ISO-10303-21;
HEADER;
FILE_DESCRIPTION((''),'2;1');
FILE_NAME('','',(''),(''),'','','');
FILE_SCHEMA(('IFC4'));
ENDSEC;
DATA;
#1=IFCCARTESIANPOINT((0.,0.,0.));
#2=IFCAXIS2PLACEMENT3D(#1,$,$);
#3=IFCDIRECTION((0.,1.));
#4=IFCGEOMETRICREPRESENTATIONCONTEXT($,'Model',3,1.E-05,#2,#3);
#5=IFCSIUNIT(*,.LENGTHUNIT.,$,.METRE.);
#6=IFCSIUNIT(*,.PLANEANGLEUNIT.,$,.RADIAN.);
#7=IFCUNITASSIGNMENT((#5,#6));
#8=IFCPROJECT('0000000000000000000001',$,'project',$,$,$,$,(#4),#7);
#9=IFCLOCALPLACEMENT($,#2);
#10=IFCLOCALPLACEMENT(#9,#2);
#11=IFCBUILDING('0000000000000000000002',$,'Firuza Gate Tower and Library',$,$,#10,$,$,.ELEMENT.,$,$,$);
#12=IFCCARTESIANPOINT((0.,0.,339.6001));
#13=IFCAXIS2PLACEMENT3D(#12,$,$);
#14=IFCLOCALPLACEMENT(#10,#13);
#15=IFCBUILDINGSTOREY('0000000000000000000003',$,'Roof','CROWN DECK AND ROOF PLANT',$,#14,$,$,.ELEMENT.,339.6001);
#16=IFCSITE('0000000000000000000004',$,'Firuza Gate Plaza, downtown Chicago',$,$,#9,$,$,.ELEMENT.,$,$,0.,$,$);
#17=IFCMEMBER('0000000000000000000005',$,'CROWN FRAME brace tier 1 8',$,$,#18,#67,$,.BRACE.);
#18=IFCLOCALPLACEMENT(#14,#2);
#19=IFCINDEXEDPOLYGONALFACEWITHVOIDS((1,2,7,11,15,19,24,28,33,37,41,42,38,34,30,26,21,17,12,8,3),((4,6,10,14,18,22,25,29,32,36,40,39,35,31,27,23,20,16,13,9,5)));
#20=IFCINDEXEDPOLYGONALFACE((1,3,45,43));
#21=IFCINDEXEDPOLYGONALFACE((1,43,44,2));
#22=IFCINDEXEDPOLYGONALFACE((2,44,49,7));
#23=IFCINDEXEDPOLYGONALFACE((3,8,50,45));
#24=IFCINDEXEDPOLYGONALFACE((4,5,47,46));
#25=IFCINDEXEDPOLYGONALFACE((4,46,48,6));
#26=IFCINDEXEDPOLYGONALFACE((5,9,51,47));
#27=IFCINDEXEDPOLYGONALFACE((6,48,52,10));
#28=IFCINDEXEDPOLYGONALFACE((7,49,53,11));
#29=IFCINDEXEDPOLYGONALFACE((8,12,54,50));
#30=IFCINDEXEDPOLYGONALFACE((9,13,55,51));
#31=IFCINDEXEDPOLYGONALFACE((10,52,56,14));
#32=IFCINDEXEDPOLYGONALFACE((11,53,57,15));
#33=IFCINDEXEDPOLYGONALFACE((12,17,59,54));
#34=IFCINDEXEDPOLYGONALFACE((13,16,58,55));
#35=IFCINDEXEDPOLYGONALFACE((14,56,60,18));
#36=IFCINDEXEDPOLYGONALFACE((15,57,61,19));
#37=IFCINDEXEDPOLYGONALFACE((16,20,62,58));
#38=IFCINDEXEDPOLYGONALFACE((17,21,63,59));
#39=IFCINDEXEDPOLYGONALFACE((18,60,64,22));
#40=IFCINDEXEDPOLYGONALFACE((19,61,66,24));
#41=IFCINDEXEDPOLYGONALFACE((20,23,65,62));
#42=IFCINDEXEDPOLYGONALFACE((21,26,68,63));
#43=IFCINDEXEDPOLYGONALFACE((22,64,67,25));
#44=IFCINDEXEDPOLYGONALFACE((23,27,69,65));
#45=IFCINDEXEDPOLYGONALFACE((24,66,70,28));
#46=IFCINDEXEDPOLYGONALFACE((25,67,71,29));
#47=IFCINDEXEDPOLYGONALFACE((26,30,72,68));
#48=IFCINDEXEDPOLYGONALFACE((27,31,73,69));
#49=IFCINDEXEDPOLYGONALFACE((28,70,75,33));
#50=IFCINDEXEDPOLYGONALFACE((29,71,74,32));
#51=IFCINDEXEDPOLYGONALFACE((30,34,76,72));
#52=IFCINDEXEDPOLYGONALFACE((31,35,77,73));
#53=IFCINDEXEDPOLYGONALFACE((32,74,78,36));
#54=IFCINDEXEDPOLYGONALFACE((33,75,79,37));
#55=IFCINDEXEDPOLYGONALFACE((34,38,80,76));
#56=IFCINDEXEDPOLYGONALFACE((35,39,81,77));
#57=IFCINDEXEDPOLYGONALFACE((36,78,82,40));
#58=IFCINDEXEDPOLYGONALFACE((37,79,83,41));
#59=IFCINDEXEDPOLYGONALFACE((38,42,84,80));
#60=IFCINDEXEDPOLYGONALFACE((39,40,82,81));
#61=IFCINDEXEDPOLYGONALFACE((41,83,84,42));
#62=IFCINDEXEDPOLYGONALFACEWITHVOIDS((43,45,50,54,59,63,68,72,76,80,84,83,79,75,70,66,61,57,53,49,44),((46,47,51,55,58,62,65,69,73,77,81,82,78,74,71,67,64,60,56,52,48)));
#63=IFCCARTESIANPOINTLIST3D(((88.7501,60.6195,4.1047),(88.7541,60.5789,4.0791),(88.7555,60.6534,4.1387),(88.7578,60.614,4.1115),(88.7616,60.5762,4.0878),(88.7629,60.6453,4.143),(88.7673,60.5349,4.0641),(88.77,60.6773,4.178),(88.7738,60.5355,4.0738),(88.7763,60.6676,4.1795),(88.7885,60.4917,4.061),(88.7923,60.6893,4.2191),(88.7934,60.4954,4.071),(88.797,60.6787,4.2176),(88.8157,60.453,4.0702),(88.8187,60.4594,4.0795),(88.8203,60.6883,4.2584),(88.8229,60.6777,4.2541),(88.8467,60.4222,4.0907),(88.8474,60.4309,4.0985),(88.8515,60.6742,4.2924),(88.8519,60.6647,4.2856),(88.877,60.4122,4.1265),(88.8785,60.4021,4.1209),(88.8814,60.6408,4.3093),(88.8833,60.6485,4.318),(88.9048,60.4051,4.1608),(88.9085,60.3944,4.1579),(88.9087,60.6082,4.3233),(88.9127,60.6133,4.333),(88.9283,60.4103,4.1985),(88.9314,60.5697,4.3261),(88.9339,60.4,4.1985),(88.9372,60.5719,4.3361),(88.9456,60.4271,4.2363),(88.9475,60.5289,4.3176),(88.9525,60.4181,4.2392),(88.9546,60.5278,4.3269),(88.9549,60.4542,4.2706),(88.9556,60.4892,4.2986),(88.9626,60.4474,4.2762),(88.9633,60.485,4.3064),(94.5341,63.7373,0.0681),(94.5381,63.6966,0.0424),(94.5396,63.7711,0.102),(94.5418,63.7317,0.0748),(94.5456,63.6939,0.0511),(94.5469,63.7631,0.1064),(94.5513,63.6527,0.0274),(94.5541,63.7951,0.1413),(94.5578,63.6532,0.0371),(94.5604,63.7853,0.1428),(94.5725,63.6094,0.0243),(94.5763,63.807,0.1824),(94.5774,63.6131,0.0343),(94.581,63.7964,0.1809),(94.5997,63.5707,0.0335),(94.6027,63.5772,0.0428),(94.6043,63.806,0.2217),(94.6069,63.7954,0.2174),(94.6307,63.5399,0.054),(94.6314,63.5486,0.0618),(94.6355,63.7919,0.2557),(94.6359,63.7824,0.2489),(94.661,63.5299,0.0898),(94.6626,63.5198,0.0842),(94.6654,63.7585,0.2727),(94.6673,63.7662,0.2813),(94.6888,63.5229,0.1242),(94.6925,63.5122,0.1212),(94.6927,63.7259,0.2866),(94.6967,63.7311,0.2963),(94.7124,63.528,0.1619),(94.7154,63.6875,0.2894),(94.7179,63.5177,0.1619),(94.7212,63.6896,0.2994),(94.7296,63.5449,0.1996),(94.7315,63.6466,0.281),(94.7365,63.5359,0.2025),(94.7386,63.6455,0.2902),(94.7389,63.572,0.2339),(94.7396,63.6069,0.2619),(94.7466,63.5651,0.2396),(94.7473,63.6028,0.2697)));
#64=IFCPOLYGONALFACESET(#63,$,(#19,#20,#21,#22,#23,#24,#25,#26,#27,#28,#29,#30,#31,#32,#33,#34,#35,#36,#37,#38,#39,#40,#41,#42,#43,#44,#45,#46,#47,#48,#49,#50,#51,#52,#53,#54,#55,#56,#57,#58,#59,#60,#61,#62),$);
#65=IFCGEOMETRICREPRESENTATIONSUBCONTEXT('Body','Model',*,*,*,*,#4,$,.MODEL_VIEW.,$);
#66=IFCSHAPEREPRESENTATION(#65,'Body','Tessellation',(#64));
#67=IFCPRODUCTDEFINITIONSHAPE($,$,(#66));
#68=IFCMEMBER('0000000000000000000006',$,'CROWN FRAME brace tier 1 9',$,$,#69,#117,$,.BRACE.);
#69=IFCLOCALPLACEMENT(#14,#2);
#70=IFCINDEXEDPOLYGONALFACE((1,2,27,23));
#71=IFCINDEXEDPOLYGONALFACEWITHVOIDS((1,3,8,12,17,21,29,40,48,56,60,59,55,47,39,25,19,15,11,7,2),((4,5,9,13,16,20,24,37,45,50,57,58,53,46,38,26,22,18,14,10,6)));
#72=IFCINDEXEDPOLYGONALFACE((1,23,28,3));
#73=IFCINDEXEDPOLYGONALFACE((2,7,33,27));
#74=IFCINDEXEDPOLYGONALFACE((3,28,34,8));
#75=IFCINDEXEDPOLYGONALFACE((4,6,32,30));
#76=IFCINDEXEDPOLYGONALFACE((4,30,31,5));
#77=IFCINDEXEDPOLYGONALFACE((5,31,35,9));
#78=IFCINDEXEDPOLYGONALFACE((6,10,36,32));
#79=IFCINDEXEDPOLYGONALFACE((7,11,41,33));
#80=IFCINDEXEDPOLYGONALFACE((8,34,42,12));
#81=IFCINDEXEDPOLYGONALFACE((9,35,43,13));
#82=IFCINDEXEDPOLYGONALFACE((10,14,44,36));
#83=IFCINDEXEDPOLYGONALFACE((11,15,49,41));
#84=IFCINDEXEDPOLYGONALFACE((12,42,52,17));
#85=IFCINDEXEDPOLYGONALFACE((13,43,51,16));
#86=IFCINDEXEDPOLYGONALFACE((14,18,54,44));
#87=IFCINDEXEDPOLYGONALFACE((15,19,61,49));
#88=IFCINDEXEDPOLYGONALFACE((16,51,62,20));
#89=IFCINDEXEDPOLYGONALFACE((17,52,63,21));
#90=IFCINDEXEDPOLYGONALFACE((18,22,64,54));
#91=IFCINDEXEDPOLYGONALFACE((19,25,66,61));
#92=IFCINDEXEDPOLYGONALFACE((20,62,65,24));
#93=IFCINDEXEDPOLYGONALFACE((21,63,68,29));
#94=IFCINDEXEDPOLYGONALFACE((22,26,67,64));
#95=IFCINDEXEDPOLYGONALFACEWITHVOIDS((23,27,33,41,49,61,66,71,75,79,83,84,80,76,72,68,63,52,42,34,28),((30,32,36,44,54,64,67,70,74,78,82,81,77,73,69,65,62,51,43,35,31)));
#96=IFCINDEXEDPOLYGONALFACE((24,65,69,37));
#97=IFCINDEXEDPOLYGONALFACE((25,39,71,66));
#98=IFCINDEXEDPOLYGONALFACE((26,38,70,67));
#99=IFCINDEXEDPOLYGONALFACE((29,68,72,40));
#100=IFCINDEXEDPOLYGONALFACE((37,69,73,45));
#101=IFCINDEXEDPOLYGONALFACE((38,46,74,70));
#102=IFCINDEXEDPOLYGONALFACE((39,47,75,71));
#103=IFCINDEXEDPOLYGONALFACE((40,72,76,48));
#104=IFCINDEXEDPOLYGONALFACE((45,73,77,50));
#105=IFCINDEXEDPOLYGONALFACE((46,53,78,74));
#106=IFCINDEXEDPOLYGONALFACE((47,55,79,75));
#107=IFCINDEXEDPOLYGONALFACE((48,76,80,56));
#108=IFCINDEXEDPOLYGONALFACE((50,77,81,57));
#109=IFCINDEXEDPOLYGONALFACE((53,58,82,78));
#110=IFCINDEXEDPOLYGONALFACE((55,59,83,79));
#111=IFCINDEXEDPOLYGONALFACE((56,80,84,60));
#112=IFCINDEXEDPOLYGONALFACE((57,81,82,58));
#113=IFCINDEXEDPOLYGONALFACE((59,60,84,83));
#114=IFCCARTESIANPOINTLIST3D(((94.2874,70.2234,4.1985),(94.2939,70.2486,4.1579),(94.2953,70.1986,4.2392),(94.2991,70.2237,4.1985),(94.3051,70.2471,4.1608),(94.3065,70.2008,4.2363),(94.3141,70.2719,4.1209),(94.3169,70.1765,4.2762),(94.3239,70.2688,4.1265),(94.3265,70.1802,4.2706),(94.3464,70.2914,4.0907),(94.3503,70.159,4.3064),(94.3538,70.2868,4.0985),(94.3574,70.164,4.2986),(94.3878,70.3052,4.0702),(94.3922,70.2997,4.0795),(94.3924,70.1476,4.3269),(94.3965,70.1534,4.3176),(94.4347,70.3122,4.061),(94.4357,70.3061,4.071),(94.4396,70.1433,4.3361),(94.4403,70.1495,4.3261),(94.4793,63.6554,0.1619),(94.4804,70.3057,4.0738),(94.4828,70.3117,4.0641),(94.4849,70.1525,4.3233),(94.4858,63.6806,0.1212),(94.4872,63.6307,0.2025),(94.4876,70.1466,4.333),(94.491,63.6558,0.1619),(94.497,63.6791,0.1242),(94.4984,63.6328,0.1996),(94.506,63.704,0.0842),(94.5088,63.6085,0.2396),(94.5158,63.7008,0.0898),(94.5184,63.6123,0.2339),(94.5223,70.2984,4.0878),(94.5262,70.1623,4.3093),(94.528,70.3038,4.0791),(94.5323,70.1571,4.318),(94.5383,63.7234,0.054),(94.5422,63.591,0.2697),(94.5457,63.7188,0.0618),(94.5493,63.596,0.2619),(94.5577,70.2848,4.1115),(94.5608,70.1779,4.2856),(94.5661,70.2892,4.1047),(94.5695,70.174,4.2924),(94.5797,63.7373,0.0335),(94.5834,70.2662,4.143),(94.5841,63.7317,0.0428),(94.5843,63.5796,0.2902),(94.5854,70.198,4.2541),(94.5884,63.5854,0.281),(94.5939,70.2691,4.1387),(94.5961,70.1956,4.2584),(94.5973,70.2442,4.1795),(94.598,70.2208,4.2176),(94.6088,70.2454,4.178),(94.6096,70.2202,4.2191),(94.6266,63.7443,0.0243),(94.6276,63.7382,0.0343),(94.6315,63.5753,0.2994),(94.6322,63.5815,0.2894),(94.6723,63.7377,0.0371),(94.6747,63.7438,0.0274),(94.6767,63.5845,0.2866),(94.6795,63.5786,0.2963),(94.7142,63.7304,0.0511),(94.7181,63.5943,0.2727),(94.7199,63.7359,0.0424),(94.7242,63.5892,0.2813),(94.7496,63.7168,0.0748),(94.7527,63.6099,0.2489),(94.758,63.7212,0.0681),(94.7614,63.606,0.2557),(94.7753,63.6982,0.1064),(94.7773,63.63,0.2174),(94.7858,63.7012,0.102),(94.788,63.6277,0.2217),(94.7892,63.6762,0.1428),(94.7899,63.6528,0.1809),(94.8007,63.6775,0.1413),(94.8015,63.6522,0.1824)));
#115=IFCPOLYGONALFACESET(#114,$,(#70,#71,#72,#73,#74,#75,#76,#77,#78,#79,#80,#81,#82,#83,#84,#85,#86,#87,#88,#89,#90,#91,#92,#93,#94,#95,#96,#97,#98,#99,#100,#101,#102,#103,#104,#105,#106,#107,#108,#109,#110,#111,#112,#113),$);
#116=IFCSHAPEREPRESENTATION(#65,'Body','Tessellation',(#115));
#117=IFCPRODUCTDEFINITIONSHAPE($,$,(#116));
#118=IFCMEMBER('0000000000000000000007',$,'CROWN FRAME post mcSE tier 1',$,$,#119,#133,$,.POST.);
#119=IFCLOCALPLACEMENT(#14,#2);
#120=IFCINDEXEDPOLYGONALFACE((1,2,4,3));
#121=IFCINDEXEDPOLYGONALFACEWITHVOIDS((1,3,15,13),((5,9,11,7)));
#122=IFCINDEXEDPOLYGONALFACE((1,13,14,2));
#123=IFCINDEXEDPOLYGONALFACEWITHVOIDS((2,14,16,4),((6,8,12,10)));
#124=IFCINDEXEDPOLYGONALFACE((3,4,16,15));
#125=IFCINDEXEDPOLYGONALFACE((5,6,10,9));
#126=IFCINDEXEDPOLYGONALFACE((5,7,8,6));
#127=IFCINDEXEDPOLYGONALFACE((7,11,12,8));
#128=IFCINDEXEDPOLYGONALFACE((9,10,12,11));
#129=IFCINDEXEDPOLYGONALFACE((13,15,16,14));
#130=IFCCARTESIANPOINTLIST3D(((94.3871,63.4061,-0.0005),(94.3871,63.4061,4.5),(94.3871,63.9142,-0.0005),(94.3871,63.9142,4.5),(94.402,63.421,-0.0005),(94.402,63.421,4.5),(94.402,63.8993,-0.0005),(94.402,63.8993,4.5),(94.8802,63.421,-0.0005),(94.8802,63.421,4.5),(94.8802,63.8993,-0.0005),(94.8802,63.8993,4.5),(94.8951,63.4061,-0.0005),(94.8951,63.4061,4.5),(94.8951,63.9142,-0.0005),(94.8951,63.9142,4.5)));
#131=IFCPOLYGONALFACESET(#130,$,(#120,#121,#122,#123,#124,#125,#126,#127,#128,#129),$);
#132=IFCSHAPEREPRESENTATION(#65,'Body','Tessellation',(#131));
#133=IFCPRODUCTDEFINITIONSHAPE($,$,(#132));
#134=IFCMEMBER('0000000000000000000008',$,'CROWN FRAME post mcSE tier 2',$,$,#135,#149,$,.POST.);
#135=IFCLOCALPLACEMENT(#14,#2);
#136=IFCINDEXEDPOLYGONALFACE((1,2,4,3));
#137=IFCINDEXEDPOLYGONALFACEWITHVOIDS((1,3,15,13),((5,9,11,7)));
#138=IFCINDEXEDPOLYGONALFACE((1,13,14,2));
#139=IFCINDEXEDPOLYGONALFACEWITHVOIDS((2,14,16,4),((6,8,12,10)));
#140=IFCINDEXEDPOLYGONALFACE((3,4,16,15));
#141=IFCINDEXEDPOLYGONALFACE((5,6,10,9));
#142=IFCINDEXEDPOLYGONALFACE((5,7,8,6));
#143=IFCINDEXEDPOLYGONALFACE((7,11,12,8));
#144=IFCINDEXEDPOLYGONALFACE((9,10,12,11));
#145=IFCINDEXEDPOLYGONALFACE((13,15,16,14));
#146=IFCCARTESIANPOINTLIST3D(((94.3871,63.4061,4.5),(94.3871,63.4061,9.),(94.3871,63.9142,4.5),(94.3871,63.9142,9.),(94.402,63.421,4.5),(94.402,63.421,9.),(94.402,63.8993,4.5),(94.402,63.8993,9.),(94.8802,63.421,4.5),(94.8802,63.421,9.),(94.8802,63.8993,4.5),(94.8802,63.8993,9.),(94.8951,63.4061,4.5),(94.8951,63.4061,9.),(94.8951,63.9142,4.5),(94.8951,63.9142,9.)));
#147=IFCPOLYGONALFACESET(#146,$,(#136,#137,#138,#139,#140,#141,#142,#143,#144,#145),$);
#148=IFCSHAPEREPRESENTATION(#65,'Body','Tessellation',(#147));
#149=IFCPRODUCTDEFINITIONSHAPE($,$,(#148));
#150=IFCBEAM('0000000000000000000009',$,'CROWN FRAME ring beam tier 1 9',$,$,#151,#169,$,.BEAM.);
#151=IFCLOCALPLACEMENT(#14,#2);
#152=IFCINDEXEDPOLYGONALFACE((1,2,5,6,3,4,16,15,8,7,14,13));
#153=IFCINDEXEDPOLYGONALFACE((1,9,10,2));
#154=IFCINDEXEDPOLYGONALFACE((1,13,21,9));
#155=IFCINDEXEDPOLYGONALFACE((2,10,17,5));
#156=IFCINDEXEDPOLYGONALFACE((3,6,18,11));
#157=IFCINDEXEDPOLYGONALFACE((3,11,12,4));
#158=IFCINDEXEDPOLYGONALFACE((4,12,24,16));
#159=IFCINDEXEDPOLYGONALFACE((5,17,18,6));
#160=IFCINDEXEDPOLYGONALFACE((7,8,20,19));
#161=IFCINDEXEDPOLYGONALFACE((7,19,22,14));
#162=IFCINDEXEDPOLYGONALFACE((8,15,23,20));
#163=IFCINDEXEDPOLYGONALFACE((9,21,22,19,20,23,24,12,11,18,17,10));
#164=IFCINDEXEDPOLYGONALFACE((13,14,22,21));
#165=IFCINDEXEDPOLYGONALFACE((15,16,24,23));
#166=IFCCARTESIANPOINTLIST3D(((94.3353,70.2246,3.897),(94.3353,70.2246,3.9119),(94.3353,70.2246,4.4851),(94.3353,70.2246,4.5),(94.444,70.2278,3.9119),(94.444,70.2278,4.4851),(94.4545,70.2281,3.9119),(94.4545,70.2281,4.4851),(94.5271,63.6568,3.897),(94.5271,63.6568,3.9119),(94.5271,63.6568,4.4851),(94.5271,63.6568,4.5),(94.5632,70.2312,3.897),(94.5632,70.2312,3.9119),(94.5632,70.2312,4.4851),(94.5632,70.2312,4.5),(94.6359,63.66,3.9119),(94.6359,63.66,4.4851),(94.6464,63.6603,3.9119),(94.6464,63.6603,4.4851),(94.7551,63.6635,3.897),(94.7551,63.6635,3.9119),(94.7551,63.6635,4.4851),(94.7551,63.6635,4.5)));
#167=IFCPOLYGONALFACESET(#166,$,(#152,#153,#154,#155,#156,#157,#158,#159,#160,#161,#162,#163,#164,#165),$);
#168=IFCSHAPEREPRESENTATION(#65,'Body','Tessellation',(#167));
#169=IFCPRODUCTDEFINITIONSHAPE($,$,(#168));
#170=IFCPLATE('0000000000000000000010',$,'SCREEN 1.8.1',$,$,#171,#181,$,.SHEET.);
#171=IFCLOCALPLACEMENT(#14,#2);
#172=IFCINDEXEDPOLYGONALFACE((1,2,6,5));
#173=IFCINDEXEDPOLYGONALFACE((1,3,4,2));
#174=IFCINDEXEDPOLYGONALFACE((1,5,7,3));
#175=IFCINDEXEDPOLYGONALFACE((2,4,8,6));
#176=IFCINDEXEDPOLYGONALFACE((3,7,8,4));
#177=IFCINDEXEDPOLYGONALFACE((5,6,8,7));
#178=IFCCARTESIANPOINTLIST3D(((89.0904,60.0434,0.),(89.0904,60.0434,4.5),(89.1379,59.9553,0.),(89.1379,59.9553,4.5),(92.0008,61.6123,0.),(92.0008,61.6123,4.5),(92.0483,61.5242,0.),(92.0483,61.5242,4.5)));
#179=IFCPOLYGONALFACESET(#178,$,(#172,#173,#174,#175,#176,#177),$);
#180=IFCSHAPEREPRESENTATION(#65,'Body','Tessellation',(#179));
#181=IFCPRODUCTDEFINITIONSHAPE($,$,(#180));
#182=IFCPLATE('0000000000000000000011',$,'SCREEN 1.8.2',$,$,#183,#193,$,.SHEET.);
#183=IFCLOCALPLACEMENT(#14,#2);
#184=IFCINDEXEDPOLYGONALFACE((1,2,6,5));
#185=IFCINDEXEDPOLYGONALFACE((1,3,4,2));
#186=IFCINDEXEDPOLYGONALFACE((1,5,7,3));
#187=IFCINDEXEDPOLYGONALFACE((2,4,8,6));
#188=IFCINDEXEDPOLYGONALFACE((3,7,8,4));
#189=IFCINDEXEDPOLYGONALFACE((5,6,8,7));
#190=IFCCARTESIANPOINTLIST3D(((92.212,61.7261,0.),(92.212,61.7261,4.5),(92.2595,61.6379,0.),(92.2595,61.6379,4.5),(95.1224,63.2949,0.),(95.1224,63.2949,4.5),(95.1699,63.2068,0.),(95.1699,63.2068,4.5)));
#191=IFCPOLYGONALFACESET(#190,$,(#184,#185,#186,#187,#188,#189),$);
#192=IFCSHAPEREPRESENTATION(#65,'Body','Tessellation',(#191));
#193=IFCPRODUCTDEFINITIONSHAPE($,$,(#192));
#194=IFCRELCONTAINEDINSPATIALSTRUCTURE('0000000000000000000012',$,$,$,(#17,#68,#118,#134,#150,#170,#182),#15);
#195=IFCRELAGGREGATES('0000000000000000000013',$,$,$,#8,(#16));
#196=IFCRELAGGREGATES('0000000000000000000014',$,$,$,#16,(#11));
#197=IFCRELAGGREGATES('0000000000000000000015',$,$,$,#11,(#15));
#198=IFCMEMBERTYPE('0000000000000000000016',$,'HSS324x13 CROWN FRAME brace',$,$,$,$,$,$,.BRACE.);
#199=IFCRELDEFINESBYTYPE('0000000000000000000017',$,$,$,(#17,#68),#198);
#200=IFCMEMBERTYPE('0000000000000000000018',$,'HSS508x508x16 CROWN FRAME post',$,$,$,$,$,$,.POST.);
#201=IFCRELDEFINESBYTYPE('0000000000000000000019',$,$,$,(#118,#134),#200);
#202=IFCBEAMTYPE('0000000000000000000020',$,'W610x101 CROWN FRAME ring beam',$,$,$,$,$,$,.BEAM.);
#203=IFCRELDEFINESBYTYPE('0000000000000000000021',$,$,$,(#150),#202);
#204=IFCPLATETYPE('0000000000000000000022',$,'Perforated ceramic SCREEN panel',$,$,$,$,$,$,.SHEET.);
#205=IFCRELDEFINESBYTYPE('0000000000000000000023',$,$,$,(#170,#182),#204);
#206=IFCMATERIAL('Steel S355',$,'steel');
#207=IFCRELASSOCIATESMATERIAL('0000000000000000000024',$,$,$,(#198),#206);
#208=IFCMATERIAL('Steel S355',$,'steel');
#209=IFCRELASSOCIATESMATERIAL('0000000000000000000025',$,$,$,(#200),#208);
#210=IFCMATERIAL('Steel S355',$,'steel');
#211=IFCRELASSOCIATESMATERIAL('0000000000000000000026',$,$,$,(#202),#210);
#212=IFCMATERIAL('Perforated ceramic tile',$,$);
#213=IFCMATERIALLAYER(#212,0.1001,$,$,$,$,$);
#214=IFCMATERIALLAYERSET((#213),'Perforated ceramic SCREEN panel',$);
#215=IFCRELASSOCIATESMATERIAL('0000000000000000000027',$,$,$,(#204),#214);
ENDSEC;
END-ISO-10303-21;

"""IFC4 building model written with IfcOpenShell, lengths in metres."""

from ifc_helpers import new_model, si_unit, direction, frame, origin, origin_2d, place, context, subcontext, project, spatial, polyline, hollow_rectangle, hollow_circle, i_section, outline, extrude, material, layer, layer_set, material_profile, profile_set, type_object, element, save


model = new_model("IFC4")

# Units and contexts
model_context = context("Model", 3, precision=1e-05, world=origin(), true_north=direction((0.0, 1.0)))
body_context = subcontext(model_context, "Body", "Model", "MODEL_VIEW")
ifc_project = project(units=[si_unit("LENGTHUNIT", "METRE"), si_unit("PLANEANGLEUNIT", "RADIAN")], contexts=[model_context])

# Site, building, storey
site_placement = place(None, origin())
site = spatial("IfcSite", under=ifc_project, at=site_placement, Name="Firuza Gate Plaza, downtown Chicago", CompositionType="ELEMENT", RefElevation=0.0)
building_placement = place(site_placement, origin())
building = spatial("IfcBuilding", under=site, at=building_placement, Name="Firuza Gate Tower and Library", CompositionType="ELEMENT")
storey_placement = place(building_placement, frame((0.0, 0.0, 339.6001)))
storey = spatial("IfcBuildingStorey", under=building, at=storey_placement, Name="Roof", Description="CROWN DECK AND ROOF PLANT", CompositionType="ELEMENT", Elevation=339.6001)

# Members
ifc_material_1 = material(Name="Steel S355", Category="steel")
ifc_material_profile_1 = material_profile(ifc_material_1, hollow_circle(Radius=0.1619, WallThickness=0.0117, at=origin_2d()))
ifc_profile_set_1 = profile_set([ifc_material_profile_1], Name="Steel S355")
member_type_1 = type_object("IfcMemberType", Name="HSS324x13 CROWN FRAME brace", PredefinedType="BRACE", material=ifc_profile_set_1)
for number, where, z_axis, x_axis, name in (
    (1, (94.6411, 63.6602, 0.1619), (-0.750035, -0.404286, 0.523451), (0.474483, -0.880265, 0.0), "CROWN FRAME brace tier 1 8"),
    (2, (94.6411, 63.6602, 0.1619), (-0.024884, 0.851692, 0.523451), (-0.999573, -0.029205, 0.0), "CROWN FRAME brace tier 1 9"),
):
    element("IfcMember", number, at=place(storey_placement, frame(where, z_axis=z_axis, x_axis=x_axis)), inside=storey, type_object=member_type_1, Name=name, PredefinedType="BRACE", context=body_context, shape_type="SweptSolid", body=[
        extrude(hollow_circle(Radius=0.1619, WallThickness=0.0117, at=origin_2d()), origin(), (0.0, 0.0, 1.0), 7.7117),
    ])
ifc_material_2 = material(Name="Steel S355", Category="steel")
ifc_material_profile_2 = material_profile(ifc_material_2, hollow_rectangle(XDim=0.5081, YDim=0.5081, WallThickness=0.0149, at=origin_2d()))
ifc_profile_set_2 = profile_set([ifc_material_profile_2], Name="Steel S355")
member_type_2 = type_object("IfcMemberType", Name="HSS508x508x16 CROWN FRAME post", PredefinedType="POST", material=ifc_profile_set_2)
member_1_placement = place(storey_placement, frame((94.6411, 63.6602, -0.0005), z_axis=(0.0, 0.0, 1.0), x_axis=(1.0, 0.0, 0.0)))
element("IfcMember", 3, at=member_1_placement, inside=storey, type_object=member_type_2, Name="CROWN FRAME post mcSE tier 1", PredefinedType="POST", context=body_context, shape_type="SweptSolid", body=[
    extrude(hollow_rectangle(XDim=0.5081, YDim=0.5081, WallThickness=0.0149, at=origin_2d()), origin(), (0.0, 0.0, 1.0), 4.5005),
])
member_2_placement = place(storey_placement, frame((94.6411, 63.6602, 4.5), z_axis=(0.0, 0.0, 1.0), x_axis=(1.0, 0.0, 0.0)))
element("IfcMember", 4, at=member_2_placement, inside=storey, type_object=member_type_2, Name="CROWN FRAME post mcSE tier 2", PredefinedType="POST", context=body_context, shape_type="SweptSolid", body=[
    extrude(hollow_rectangle(XDim=0.5081, YDim=0.5081, WallThickness=0.0149, at=origin_2d()), origin(), (0.0, 0.0, 1.0), 4.5),
])

# Beam
ifc_material_3 = material(Name="Steel S355", Category="steel")
ifc_material_profile_3 = material_profile(ifc_material_3, i_section(OverallWidth=0.228, OverallDepth=0.603, WebThickness=0.0105, FlangeThickness=0.0149, at=origin_2d()))
ifc_profile_set_3 = profile_set([ifc_material_profile_3], Name="Steel S355")
beam_type = type_object("IfcBeamType", Name="W610x101 CROWN FRAME ring beam", PredefinedType="BEAM", material=ifc_profile_set_3)
beam_placement = place(storey_placement, frame((94.6411, 63.6602, 4.1985), z_axis=(-0.029205, 0.999573, 0.0), x_axis=(-0.999573, -0.029205, 0.0)))
element("IfcBeam", 5, at=beam_placement, inside=storey, type_object=beam_type, Name="CROWN FRAME ring beam tier 1 9", PredefinedType="BEAM", context=body_context, shape_type="SweptSolid", body=[
    extrude(i_section(OverallWidth=0.228, OverallDepth=0.603, WebThickness=0.0105, FlangeThickness=0.0149, at=origin_2d()), origin(), (0.0, 0.0, 1.0), 6.5706),
])

# Plates
ifc_material_4 = material(Name="Perforated ceramic tile")
ifc_layer = layer(ifc_material_4, 0.1001)
ifc_layer_set = layer_set([ifc_layer], Name="Perforated ceramic SCREEN panel")
plate_type = type_object("IfcPlateType", Name="Perforated ceramic SCREEN panel", PredefinedType="SHEET", material=ifc_layer_set)
for number, where, z_axis, x_axis, name in (
    (6, (89.1379, 59.9553, 0.0), (0.4745, -0.880255, 0.0), (0.880255, 0.4745, 0.0), "SCREEN 1.8.1"),
    (7, (92.2595, 61.6379, 0.0), (0.4745, -0.880255, 0.0), (0.880255, 0.4745, 0.0), "SCREEN 1.8.2"),
):
    element("IfcPlate", number, at=place(storey_placement, frame(where, z_axis=z_axis, x_axis=x_axis)), inside=storey, type_object=plate_type, Name=name, PredefinedType="SHEET", context=body_context, shape_type="SweptSolid", body=[
        extrude(outline(polyline([(0.0, 0.0), (3.3063, 0.0), (3.3063, 4.5), (0.0, 4.5), (0.0, 0.0)])), origin(), (0.0, 0.0, -1.0), 0.1001),
    ])

save(model, "model.ifc")
